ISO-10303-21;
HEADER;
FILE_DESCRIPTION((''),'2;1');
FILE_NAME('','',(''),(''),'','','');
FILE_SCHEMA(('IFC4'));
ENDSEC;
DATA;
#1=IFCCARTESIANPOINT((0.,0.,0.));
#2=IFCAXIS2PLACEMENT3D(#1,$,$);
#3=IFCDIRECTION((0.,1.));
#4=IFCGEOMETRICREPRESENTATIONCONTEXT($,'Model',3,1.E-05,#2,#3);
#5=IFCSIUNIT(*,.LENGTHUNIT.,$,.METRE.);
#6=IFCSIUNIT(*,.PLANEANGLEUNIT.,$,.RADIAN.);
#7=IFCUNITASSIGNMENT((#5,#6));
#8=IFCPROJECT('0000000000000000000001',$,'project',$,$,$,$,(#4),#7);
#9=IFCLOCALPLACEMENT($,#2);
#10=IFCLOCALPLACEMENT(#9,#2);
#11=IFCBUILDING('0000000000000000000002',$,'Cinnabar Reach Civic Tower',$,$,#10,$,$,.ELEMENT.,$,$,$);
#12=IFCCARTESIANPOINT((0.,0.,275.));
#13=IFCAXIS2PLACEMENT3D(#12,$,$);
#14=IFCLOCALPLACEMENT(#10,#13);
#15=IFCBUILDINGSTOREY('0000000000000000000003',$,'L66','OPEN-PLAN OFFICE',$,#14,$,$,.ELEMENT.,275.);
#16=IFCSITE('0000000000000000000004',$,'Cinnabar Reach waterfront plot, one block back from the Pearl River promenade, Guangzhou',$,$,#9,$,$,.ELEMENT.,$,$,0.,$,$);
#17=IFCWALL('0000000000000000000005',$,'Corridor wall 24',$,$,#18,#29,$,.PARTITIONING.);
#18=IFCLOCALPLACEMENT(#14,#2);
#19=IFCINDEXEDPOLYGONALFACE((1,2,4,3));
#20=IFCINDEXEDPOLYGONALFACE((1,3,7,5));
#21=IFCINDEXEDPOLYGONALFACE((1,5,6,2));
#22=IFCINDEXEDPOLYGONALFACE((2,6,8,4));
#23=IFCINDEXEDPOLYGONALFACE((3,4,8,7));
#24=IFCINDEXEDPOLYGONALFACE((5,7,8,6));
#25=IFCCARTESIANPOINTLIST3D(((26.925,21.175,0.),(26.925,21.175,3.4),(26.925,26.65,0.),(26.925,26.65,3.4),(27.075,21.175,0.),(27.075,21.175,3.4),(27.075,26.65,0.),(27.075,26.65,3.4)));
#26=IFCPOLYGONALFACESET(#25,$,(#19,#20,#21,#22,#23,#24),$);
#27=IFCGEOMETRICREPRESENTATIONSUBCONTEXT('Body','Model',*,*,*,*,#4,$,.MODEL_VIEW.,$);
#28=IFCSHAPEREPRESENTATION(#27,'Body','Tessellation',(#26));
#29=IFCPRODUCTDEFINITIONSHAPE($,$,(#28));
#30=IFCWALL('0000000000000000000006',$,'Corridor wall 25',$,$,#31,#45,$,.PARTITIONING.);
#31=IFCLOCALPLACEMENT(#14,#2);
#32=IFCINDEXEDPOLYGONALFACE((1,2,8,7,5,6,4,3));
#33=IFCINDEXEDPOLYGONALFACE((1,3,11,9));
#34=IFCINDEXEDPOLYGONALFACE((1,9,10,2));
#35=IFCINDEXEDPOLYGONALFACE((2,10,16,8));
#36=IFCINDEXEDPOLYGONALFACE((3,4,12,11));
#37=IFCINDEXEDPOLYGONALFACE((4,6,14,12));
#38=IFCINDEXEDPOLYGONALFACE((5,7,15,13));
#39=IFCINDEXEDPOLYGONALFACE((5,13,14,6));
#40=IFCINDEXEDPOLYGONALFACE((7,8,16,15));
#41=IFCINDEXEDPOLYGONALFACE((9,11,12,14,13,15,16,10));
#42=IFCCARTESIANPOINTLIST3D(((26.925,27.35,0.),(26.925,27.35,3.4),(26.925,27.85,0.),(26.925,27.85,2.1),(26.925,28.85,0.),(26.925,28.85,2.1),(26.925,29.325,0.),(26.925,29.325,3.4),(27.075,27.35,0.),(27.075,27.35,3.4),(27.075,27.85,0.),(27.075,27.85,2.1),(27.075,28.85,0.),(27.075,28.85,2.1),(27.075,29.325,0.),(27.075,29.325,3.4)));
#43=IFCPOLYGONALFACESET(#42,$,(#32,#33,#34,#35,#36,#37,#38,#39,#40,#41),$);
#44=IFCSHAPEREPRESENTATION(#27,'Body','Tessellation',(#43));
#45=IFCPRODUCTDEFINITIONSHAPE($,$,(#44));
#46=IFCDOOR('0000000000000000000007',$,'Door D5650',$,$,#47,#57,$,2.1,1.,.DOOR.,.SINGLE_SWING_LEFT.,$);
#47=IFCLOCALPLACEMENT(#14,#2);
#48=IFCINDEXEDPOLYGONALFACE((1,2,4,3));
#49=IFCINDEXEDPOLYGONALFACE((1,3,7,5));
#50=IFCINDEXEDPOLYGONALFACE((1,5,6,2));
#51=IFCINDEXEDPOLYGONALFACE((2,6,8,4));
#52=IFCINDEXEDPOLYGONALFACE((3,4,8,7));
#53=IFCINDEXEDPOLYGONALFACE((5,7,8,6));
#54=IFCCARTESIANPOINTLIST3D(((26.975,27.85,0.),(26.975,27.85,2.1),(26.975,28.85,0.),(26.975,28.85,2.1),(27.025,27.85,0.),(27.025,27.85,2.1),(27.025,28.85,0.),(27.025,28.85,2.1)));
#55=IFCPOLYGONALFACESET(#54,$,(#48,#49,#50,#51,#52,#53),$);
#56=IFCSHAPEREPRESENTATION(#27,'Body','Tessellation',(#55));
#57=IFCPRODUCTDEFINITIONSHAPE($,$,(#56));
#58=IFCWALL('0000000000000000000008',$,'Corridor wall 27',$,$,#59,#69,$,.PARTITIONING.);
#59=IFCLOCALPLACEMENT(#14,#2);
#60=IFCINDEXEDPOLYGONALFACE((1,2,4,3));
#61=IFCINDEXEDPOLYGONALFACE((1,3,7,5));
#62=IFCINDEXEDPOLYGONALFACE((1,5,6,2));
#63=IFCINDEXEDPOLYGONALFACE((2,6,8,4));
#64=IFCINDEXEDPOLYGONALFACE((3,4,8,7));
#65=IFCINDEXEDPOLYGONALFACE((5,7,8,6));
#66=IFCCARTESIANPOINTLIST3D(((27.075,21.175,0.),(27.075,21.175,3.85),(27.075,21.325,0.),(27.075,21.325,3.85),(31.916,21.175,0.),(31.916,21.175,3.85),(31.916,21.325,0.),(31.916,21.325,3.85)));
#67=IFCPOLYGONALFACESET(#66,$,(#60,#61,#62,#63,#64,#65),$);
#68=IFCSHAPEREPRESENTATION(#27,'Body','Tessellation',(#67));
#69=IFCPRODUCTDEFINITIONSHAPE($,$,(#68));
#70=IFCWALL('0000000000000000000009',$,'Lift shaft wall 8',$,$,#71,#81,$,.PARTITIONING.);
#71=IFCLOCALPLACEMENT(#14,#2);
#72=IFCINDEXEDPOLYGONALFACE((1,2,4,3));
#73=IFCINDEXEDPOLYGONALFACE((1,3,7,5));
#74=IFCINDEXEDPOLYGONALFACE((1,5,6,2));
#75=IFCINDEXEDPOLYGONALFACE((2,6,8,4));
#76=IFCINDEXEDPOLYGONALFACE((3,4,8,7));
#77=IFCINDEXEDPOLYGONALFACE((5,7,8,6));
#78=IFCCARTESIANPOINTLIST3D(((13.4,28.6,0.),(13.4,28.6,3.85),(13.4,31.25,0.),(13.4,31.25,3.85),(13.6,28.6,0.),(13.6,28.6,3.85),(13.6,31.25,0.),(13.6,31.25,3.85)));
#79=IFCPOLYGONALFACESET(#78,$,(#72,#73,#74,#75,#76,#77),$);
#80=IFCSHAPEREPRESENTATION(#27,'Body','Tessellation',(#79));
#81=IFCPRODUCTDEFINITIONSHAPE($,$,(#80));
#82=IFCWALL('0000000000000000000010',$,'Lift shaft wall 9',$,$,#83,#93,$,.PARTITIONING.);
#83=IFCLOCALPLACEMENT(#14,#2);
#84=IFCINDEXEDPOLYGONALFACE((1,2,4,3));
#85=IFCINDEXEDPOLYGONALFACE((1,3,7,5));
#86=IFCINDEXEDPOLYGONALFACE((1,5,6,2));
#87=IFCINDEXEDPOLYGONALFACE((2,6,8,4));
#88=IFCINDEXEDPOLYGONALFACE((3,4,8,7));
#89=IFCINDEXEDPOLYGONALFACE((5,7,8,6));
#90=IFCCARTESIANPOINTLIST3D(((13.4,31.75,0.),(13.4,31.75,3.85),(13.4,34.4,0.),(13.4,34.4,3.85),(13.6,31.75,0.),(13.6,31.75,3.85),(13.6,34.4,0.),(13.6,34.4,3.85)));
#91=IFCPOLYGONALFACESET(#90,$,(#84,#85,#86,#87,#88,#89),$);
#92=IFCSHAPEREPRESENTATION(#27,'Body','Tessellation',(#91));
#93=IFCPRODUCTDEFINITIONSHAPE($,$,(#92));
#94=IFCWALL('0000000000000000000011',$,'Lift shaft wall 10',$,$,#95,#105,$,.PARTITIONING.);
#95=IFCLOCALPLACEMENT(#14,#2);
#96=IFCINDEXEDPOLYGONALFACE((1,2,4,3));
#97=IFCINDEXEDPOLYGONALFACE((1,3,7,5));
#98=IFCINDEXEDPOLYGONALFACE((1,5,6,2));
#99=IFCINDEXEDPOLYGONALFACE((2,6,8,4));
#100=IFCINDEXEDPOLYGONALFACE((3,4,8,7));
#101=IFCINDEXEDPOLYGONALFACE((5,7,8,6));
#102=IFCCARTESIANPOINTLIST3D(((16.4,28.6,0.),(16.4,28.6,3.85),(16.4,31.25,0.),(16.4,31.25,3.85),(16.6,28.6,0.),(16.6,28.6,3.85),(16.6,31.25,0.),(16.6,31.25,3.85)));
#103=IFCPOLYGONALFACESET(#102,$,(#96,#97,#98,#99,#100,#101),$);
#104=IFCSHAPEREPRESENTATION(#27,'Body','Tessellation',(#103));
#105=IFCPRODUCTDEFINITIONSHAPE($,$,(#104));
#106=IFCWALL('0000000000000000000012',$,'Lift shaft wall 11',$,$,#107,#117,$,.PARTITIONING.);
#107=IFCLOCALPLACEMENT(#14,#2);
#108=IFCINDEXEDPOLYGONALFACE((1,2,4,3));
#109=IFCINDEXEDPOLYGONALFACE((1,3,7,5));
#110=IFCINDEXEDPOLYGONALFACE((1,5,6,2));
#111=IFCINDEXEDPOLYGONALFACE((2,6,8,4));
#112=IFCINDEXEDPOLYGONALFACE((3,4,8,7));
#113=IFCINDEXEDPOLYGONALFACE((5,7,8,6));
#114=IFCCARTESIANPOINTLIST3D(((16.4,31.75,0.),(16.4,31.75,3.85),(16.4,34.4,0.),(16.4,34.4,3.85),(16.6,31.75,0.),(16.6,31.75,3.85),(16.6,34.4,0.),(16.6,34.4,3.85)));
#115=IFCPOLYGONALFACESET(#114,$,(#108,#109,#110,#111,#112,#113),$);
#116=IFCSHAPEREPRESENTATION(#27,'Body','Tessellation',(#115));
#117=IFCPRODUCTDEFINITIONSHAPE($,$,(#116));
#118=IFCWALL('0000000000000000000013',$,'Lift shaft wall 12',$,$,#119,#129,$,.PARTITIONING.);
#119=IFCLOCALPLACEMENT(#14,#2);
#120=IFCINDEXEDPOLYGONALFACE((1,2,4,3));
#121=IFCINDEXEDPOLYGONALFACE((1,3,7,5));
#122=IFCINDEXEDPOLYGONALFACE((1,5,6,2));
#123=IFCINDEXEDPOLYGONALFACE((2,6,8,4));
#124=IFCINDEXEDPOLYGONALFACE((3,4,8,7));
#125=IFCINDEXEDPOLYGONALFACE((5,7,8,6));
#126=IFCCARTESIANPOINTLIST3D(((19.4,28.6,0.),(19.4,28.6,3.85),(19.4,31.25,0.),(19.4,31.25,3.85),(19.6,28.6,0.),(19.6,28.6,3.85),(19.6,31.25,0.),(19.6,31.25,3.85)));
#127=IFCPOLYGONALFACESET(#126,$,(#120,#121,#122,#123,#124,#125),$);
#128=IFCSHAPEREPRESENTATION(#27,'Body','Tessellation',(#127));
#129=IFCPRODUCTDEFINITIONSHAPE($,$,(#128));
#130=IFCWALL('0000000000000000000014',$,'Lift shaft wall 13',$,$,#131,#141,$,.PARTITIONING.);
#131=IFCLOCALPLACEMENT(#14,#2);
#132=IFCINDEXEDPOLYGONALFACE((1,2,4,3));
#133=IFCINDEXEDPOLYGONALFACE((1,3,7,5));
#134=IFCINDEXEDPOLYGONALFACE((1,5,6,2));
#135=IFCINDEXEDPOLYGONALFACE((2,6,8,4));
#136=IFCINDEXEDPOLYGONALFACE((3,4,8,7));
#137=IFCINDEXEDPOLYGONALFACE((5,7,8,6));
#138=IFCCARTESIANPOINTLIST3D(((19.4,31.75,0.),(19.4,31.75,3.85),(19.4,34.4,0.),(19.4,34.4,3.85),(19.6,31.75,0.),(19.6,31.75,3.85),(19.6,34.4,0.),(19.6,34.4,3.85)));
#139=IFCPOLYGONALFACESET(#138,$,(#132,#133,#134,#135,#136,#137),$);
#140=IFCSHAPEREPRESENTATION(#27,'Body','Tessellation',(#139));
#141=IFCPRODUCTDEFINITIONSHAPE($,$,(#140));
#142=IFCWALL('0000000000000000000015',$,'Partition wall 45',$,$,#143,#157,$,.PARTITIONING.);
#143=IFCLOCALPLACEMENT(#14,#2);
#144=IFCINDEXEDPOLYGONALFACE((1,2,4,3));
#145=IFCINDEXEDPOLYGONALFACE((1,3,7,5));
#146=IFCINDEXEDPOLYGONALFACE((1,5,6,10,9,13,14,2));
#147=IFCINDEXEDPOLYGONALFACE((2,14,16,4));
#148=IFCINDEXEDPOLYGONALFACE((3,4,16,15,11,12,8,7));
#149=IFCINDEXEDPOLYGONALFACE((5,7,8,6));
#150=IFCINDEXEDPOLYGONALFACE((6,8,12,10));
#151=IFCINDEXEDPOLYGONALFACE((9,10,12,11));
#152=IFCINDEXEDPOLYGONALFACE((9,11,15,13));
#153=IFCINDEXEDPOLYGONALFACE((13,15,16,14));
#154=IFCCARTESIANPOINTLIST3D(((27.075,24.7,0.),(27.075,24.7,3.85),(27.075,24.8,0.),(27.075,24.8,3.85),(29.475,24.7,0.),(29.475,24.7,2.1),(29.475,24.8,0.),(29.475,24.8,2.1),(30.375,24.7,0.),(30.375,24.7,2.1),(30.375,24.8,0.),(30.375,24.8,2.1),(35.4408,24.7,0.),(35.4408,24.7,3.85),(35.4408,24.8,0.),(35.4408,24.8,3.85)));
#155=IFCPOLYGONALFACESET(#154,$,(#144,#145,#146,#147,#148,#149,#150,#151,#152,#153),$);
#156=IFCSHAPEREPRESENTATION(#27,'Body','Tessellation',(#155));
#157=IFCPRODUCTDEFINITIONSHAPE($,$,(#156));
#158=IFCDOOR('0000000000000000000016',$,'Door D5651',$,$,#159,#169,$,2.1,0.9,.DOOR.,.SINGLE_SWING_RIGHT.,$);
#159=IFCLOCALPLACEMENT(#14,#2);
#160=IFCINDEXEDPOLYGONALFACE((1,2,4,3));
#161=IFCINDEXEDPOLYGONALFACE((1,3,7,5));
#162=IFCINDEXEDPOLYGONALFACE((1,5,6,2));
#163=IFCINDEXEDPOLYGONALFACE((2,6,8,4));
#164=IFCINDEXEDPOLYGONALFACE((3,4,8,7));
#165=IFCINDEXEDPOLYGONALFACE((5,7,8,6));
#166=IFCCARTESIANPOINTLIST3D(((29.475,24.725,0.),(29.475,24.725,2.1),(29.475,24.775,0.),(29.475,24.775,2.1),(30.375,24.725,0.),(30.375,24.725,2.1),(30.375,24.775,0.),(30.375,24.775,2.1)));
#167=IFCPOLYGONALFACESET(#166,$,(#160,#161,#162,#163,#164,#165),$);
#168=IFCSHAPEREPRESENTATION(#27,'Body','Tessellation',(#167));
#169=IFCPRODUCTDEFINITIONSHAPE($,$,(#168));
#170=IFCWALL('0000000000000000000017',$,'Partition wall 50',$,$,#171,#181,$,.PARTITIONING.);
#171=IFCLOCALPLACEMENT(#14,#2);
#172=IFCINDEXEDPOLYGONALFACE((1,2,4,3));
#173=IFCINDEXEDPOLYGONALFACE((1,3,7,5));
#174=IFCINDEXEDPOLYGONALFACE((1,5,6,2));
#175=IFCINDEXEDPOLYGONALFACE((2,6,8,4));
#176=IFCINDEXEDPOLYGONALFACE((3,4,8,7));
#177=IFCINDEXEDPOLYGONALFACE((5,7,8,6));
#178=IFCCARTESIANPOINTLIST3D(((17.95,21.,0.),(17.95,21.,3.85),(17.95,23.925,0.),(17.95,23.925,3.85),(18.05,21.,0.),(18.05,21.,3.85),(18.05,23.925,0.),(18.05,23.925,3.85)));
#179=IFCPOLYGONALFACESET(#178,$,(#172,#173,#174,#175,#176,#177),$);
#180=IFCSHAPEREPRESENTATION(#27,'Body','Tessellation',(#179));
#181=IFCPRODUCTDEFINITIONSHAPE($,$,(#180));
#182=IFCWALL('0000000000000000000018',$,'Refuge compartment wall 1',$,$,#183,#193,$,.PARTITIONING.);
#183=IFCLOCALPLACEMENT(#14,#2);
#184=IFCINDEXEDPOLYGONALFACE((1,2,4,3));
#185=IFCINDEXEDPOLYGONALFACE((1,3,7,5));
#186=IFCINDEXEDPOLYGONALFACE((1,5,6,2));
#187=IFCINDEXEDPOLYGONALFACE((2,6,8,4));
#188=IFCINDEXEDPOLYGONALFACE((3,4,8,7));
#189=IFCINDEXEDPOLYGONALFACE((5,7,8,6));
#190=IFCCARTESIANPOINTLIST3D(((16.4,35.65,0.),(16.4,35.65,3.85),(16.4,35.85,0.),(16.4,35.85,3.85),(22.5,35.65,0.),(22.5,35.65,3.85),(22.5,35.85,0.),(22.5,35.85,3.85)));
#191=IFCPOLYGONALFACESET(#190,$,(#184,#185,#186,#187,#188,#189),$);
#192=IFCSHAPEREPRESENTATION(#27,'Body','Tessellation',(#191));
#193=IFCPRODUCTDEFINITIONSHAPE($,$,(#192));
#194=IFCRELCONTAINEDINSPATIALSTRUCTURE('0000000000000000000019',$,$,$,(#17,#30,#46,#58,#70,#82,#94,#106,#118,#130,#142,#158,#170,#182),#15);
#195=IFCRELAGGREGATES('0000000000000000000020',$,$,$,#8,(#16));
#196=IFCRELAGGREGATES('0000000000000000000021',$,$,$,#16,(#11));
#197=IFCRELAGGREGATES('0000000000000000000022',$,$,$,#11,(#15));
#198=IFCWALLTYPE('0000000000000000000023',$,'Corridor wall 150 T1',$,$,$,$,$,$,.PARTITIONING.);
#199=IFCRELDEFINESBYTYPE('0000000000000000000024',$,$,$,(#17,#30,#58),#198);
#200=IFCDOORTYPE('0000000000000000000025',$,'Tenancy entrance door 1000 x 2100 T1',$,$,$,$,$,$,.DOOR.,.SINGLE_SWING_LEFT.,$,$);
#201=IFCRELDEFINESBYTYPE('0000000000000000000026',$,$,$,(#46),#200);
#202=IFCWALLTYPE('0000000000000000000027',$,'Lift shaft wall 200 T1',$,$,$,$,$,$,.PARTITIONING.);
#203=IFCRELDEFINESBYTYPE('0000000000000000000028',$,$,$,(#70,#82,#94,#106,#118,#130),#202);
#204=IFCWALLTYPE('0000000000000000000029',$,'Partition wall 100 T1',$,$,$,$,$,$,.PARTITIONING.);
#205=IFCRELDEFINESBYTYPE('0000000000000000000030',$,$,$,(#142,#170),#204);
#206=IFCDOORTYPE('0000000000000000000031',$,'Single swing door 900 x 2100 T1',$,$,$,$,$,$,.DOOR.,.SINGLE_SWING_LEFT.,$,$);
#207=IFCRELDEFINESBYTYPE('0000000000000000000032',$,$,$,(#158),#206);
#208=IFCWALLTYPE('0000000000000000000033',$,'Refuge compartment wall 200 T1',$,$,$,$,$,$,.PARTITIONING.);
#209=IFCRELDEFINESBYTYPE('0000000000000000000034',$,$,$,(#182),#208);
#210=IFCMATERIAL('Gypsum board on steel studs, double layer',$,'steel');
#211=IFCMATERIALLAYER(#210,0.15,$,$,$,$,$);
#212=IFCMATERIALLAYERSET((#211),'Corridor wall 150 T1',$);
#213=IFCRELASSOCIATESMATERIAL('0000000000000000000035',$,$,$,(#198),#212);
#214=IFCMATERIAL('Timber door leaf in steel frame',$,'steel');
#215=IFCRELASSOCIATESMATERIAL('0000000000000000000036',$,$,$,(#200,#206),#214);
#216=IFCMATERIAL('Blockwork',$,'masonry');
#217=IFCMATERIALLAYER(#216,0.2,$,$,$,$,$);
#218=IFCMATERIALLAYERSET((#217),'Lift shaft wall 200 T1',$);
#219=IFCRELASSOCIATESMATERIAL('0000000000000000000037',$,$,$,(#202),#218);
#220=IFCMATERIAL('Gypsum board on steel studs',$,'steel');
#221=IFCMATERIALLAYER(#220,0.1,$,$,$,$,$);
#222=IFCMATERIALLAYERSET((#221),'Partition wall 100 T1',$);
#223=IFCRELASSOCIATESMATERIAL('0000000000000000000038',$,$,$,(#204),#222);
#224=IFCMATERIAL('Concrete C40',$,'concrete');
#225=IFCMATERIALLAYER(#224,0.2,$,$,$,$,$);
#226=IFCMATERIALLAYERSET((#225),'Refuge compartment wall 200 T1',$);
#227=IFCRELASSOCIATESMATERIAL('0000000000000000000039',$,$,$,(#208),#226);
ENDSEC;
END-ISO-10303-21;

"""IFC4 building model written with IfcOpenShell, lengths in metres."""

from ifc_helpers import new_model, si_unit, direction, frame, frame_2d, origin, place, context, subcontext, project, spatial, rectangle, extrude, material, layer, layer_set, type_object, element, fill, save


model = new_model("IFC4")

# Units and contexts
model_context = context("Model", 3, precision=1e-05, world=origin(), true_north=direction((0.0, 1.0)))
body_context = subcontext(model_context, "Body", "Model", "MODEL_VIEW")
ifc_project = project(units=[si_unit("LENGTHUNIT", "METRE"), si_unit("PLANEANGLEUNIT", "RADIAN")], contexts=[model_context])

# Site, building, storey
site_placement = place(None, origin())
site = spatial("IfcSite", under=ifc_project, at=site_placement, Name="Cinnabar Reach waterfront plot, one block back from the Pearl River promenade, Guangzhou", CompositionType="ELEMENT", RefElevation=0.0)
building_placement = place(site_placement, origin())
building = spatial("IfcBuilding", under=site, at=building_placement, Name="Cinnabar Reach Civic Tower", CompositionType="ELEMENT")
storey_placement = place(building_placement, frame((0.0, 0.0, 275.0)))
storey = spatial("IfcBuildingStorey", under=building, at=storey_placement, Name="L66", Description="OPEN-PLAN OFFICE", CompositionType="ELEMENT", Elevation=275.0)

# Shared definitions
ifc_material_1 = material(Name="Timber door leaf in steel frame", Category="steel")

# Shared definitions
ifc_material_2 = material(Name="Gypsum board on steel studs, double layer", Category="steel")
ifc_layer_1 = layer(ifc_material_2, 0.15)
ifc_layer_set_1 = layer_set([ifc_layer_1], Name="Corridor wall 150 T1")
wall_type_1 = type_object("IfcWallType", Name="Corridor wall 150 T1", PredefinedType="PARTITIONING", material=ifc_layer_set_1)
door_type_1 = type_object("IfcDoorType", Name="Tenancy entrance door 1000 x 2100 T1", OperationType="SINGLE_SWING_LEFT", PredefinedType="DOOR", material=ifc_material_1)

# Wall
wall_1_placement = place(storey_placement, frame((27.0, 21.175, 0.0), z_axis=(0.0, 0.0, 1.0), x_axis=(0.0, 1.0, 0.0)))
element("IfcWall", 1, at=wall_1_placement, inside=storey, type_object=wall_type_1, Name="Corridor wall 24", PredefinedType="PARTITIONING", context=body_context, shape_type="SweptSolid", body=[
    extrude(rectangle(XDim=5.475, YDim=0.15, at=frame_2d((2.7375, 0.0))), origin(), (0.0, 0.0, 1.0), 3.4),
])

# Wall, opening, door
wall_2_placement = place(storey_placement, frame((27.0, 27.35, 0.0), z_axis=(0.0, 0.0, 1.0), x_axis=(0.0, 1.0, 0.0)))
wall_2 = element("IfcWall", 2, at=wall_2_placement, inside=storey, type_object=wall_type_1, Name="Corridor wall 25", PredefinedType="PARTITIONING", context=body_context, shape_type="SweptSolid", body=[
    extrude(rectangle(XDim=1.975, YDim=0.15, at=frame_2d((0.9875, 0.0))), origin(), (0.0, 0.0, 1.0), 3.4),
])
opening_1_placement = place(wall_2_placement, frame((0.5, 0.0, 0.0)))
opening_1 = element("IfcOpeningElement", 3, at=opening_1_placement, cuts=wall_2, PredefinedType="OPENING", context=body_context, shape_type="SweptSolid", body=[
    extrude(rectangle(XDim=1.0, YDim=2.1, at=frame_2d((0.5, 1.05))), frame((0.0, 0.085, 0.0), z_axis=(0.0, -1.0, 0.0), x_axis=(1.0, 0.0, 0.0)), (0.0, 0.0, 1.0), 0.17),
])
door_1_placement = place(opening_1_placement, frame((1.0, 0.0, 0.0), z_axis=(0.0, 0.0, 1.0), x_axis=(-1.0, 0.0, 0.0)))
door_1 = element("IfcDoor", 4, at=door_1_placement, inside=storey, type_object=door_type_1, Name="Door D5650", OperationType="SINGLE_SWING_LEFT", OverallHeight=2.1, OverallWidth=1.0, PredefinedType="DOOR", context=body_context, shape_type="SweptSolid", body=[
    extrude(rectangle(XDim=1.0, YDim=2.1, at=frame_2d((0.5, 1.05))), frame((0.0, 0.025, 0.0), z_axis=(0.0, -1.0, 0.0), x_axis=(1.0, 0.0, 0.0)), (0.0, 0.0, 1.0), 0.05),
])
fill(opening_1, door_1)

# Walls
wall_3_placement = place(storey_placement, frame((27.075, 21.25, 0.0), z_axis=(0.0, 0.0, 1.0), x_axis=(1.0, 0.0, 0.0)))
element("IfcWall", 5, at=wall_3_placement, inside=storey, type_object=wall_type_1, Name="Corridor wall 27", PredefinedType="PARTITIONING", context=body_context, shape_type="SweptSolid", body=[
    extrude(rectangle(XDim=4.841, YDim=0.15, at=frame_2d((2.4205, 0.0))), origin(), (0.0, 0.0, 1.0), 3.85),
])
ifc_material_3 = material(Name="Blockwork", Category="masonry")
ifc_layer_2 = layer(ifc_material_3, 0.2)
ifc_layer_set_2 = layer_set([ifc_layer_2], Name="Lift shaft wall 200 T1")
wall_type_2 = type_object("IfcWallType", Name="Lift shaft wall 200 T1", PredefinedType="PARTITIONING", material=ifc_layer_set_2)
for number, where, z_axis, x_axis, name in (
    (6, (13.5, 28.6, 0.0), (0.0, 0.0, 1.0), (0.0, 1.0, 0.0), "Lift shaft wall 8"),
    (7, (13.5, 31.75, 0.0), (0.0, 0.0, 1.0), (0.0, 1.0, 0.0), "Lift shaft wall 9"),
    (8, (16.5, 28.6, 0.0), (0.0, 0.0, 1.0), (0.0, 1.0, 0.0), "Lift shaft wall 10"),
    (9, (16.5, 31.75, 0.0), (0.0, 0.0, 1.0), (0.0, 1.0, 0.0), "Lift shaft wall 11"),
    (10, (19.5, 28.6, 0.0), (0.0, 0.0, 1.0), (0.0, 1.0, 0.0), "Lift shaft wall 12"),
    (11, (19.5, 31.75, 0.0), (0.0, 0.0, 1.0), (0.0, 1.0, 0.0), "Lift shaft wall 13"),
):
    element("IfcWall", number, at=place(storey_placement, frame(where, z_axis=z_axis, x_axis=x_axis)), inside=storey, type_object=wall_type_2, Name=name, PredefinedType="PARTITIONING", context=body_context, shape_type="SweptSolid", body=[
        extrude(rectangle(XDim=2.65, YDim=0.2, at=frame_2d((1.325, 0.0))), origin(), (0.0, 0.0, 1.0), 3.85),
    ])

# Wall, opening, door
ifc_material_4 = material(Name="Gypsum board on steel studs", Category="steel")
ifc_layer_3 = layer(ifc_material_4, 0.1)
ifc_layer_set_3 = layer_set([ifc_layer_3], Name="Partition wall 100 T1")
wall_type_3 = type_object("IfcWallType", Name="Partition wall 100 T1", PredefinedType="PARTITIONING", material=ifc_layer_set_3)
wall_4_placement = place(storey_placement, frame((27.075, 24.75, 0.0), z_axis=(0.0, 0.0, 1.0), x_axis=(1.0, 0.0, 0.0)))
wall_4 = element("IfcWall", 12, at=wall_4_placement, inside=storey, type_object=wall_type_3, Name="Partition wall 45", PredefinedType="PARTITIONING", context=body_context, shape_type="SweptSolid", body=[
    extrude(rectangle(XDim=8.3659, YDim=0.1, at=frame_2d((4.1829, 0.0))), origin(), (0.0, 0.0, 1.0), 3.85),
])
opening_2_placement = place(wall_4_placement, frame((2.4, 0.0, 0.0)))
opening_2 = element("IfcOpeningElement", 13, at=opening_2_placement, cuts=wall_4, PredefinedType="OPENING", context=body_context, shape_type="SweptSolid", body=[
    extrude(rectangle(XDim=0.9, YDim=2.1, at=frame_2d((0.45, 1.05))), frame((0.0, 0.06, 0.0), z_axis=(0.0, -1.0, 0.0), x_axis=(1.0, 0.0, 0.0)), (0.0, 0.0, 1.0), 0.12),
])
door_type_2 = type_object("IfcDoorType", Name="Single swing door 900 x 2100 T1", OperationType="SINGLE_SWING_LEFT", PredefinedType="DOOR", material=ifc_material_1)
door_2_placement = place(opening_2_placement, frame((0.9, 0.0, 0.0), z_axis=(0.0, 0.0, 1.0), x_axis=(-1.0, 0.0, 0.0)))
door_2 = element("IfcDoor", 14, at=door_2_placement, inside=storey, type_object=door_type_2, Name="Door D5651", OperationType="SINGLE_SWING_RIGHT", OverallHeight=2.1, OverallWidth=0.9, PredefinedType="DOOR", context=body_context, shape_type="SweptSolid", body=[
    extrude(rectangle(XDim=0.9, YDim=2.1, at=frame_2d((0.45, 1.05))), frame((0.0, 0.025, 0.0), z_axis=(0.0, -1.0, 0.0), x_axis=(1.0, 0.0, 0.0)), (0.0, 0.0, 1.0), 0.05),
])
fill(opening_2, door_2)

# Walls
wall_5_placement = place(storey_placement, frame((18.0, 21.0, 0.0), z_axis=(0.0, 0.0, 1.0), x_axis=(0.0, 1.0, 0.0)))
element("IfcWall", 15, at=wall_5_placement, inside=storey, type_object=wall_type_3, Name="Partition wall 50", PredefinedType="PARTITIONING", context=body_context, shape_type="SweptSolid", body=[
    extrude(rectangle(XDim=2.925, YDim=0.1, at=frame_2d((1.4625, 0.0))), origin(), (0.0, 0.0, 1.0), 3.85),
])
ifc_material_5 = material(Name="Concrete C40", Category="concrete")
ifc_layer_4 = layer(ifc_material_5, 0.2)
ifc_layer_set_4 = layer_set([ifc_layer_4], Name="Refuge compartment wall 200 T1")
wall_type_4 = type_object("IfcWallType", Name="Refuge compartment wall 200 T1", PredefinedType="PARTITIONING", material=ifc_layer_set_4)
wall_6_placement = place(storey_placement, frame((16.4, 35.75, 0.0), z_axis=(0.0, 0.0, 1.0), x_axis=(1.0, 0.0, 0.0)))
element("IfcWall", 16, at=wall_6_placement, inside=storey, type_object=wall_type_4, Name="Refuge compartment wall 1", PredefinedType="PARTITIONING", context=body_context, shape_type="SweptSolid", body=[
    extrude(rectangle(XDim=6.1, YDim=0.2, at=frame_2d((3.05, 0.0))), origin(), (0.0, 0.0, 1.0), 3.85),
])

save(model, "model.ifc")
